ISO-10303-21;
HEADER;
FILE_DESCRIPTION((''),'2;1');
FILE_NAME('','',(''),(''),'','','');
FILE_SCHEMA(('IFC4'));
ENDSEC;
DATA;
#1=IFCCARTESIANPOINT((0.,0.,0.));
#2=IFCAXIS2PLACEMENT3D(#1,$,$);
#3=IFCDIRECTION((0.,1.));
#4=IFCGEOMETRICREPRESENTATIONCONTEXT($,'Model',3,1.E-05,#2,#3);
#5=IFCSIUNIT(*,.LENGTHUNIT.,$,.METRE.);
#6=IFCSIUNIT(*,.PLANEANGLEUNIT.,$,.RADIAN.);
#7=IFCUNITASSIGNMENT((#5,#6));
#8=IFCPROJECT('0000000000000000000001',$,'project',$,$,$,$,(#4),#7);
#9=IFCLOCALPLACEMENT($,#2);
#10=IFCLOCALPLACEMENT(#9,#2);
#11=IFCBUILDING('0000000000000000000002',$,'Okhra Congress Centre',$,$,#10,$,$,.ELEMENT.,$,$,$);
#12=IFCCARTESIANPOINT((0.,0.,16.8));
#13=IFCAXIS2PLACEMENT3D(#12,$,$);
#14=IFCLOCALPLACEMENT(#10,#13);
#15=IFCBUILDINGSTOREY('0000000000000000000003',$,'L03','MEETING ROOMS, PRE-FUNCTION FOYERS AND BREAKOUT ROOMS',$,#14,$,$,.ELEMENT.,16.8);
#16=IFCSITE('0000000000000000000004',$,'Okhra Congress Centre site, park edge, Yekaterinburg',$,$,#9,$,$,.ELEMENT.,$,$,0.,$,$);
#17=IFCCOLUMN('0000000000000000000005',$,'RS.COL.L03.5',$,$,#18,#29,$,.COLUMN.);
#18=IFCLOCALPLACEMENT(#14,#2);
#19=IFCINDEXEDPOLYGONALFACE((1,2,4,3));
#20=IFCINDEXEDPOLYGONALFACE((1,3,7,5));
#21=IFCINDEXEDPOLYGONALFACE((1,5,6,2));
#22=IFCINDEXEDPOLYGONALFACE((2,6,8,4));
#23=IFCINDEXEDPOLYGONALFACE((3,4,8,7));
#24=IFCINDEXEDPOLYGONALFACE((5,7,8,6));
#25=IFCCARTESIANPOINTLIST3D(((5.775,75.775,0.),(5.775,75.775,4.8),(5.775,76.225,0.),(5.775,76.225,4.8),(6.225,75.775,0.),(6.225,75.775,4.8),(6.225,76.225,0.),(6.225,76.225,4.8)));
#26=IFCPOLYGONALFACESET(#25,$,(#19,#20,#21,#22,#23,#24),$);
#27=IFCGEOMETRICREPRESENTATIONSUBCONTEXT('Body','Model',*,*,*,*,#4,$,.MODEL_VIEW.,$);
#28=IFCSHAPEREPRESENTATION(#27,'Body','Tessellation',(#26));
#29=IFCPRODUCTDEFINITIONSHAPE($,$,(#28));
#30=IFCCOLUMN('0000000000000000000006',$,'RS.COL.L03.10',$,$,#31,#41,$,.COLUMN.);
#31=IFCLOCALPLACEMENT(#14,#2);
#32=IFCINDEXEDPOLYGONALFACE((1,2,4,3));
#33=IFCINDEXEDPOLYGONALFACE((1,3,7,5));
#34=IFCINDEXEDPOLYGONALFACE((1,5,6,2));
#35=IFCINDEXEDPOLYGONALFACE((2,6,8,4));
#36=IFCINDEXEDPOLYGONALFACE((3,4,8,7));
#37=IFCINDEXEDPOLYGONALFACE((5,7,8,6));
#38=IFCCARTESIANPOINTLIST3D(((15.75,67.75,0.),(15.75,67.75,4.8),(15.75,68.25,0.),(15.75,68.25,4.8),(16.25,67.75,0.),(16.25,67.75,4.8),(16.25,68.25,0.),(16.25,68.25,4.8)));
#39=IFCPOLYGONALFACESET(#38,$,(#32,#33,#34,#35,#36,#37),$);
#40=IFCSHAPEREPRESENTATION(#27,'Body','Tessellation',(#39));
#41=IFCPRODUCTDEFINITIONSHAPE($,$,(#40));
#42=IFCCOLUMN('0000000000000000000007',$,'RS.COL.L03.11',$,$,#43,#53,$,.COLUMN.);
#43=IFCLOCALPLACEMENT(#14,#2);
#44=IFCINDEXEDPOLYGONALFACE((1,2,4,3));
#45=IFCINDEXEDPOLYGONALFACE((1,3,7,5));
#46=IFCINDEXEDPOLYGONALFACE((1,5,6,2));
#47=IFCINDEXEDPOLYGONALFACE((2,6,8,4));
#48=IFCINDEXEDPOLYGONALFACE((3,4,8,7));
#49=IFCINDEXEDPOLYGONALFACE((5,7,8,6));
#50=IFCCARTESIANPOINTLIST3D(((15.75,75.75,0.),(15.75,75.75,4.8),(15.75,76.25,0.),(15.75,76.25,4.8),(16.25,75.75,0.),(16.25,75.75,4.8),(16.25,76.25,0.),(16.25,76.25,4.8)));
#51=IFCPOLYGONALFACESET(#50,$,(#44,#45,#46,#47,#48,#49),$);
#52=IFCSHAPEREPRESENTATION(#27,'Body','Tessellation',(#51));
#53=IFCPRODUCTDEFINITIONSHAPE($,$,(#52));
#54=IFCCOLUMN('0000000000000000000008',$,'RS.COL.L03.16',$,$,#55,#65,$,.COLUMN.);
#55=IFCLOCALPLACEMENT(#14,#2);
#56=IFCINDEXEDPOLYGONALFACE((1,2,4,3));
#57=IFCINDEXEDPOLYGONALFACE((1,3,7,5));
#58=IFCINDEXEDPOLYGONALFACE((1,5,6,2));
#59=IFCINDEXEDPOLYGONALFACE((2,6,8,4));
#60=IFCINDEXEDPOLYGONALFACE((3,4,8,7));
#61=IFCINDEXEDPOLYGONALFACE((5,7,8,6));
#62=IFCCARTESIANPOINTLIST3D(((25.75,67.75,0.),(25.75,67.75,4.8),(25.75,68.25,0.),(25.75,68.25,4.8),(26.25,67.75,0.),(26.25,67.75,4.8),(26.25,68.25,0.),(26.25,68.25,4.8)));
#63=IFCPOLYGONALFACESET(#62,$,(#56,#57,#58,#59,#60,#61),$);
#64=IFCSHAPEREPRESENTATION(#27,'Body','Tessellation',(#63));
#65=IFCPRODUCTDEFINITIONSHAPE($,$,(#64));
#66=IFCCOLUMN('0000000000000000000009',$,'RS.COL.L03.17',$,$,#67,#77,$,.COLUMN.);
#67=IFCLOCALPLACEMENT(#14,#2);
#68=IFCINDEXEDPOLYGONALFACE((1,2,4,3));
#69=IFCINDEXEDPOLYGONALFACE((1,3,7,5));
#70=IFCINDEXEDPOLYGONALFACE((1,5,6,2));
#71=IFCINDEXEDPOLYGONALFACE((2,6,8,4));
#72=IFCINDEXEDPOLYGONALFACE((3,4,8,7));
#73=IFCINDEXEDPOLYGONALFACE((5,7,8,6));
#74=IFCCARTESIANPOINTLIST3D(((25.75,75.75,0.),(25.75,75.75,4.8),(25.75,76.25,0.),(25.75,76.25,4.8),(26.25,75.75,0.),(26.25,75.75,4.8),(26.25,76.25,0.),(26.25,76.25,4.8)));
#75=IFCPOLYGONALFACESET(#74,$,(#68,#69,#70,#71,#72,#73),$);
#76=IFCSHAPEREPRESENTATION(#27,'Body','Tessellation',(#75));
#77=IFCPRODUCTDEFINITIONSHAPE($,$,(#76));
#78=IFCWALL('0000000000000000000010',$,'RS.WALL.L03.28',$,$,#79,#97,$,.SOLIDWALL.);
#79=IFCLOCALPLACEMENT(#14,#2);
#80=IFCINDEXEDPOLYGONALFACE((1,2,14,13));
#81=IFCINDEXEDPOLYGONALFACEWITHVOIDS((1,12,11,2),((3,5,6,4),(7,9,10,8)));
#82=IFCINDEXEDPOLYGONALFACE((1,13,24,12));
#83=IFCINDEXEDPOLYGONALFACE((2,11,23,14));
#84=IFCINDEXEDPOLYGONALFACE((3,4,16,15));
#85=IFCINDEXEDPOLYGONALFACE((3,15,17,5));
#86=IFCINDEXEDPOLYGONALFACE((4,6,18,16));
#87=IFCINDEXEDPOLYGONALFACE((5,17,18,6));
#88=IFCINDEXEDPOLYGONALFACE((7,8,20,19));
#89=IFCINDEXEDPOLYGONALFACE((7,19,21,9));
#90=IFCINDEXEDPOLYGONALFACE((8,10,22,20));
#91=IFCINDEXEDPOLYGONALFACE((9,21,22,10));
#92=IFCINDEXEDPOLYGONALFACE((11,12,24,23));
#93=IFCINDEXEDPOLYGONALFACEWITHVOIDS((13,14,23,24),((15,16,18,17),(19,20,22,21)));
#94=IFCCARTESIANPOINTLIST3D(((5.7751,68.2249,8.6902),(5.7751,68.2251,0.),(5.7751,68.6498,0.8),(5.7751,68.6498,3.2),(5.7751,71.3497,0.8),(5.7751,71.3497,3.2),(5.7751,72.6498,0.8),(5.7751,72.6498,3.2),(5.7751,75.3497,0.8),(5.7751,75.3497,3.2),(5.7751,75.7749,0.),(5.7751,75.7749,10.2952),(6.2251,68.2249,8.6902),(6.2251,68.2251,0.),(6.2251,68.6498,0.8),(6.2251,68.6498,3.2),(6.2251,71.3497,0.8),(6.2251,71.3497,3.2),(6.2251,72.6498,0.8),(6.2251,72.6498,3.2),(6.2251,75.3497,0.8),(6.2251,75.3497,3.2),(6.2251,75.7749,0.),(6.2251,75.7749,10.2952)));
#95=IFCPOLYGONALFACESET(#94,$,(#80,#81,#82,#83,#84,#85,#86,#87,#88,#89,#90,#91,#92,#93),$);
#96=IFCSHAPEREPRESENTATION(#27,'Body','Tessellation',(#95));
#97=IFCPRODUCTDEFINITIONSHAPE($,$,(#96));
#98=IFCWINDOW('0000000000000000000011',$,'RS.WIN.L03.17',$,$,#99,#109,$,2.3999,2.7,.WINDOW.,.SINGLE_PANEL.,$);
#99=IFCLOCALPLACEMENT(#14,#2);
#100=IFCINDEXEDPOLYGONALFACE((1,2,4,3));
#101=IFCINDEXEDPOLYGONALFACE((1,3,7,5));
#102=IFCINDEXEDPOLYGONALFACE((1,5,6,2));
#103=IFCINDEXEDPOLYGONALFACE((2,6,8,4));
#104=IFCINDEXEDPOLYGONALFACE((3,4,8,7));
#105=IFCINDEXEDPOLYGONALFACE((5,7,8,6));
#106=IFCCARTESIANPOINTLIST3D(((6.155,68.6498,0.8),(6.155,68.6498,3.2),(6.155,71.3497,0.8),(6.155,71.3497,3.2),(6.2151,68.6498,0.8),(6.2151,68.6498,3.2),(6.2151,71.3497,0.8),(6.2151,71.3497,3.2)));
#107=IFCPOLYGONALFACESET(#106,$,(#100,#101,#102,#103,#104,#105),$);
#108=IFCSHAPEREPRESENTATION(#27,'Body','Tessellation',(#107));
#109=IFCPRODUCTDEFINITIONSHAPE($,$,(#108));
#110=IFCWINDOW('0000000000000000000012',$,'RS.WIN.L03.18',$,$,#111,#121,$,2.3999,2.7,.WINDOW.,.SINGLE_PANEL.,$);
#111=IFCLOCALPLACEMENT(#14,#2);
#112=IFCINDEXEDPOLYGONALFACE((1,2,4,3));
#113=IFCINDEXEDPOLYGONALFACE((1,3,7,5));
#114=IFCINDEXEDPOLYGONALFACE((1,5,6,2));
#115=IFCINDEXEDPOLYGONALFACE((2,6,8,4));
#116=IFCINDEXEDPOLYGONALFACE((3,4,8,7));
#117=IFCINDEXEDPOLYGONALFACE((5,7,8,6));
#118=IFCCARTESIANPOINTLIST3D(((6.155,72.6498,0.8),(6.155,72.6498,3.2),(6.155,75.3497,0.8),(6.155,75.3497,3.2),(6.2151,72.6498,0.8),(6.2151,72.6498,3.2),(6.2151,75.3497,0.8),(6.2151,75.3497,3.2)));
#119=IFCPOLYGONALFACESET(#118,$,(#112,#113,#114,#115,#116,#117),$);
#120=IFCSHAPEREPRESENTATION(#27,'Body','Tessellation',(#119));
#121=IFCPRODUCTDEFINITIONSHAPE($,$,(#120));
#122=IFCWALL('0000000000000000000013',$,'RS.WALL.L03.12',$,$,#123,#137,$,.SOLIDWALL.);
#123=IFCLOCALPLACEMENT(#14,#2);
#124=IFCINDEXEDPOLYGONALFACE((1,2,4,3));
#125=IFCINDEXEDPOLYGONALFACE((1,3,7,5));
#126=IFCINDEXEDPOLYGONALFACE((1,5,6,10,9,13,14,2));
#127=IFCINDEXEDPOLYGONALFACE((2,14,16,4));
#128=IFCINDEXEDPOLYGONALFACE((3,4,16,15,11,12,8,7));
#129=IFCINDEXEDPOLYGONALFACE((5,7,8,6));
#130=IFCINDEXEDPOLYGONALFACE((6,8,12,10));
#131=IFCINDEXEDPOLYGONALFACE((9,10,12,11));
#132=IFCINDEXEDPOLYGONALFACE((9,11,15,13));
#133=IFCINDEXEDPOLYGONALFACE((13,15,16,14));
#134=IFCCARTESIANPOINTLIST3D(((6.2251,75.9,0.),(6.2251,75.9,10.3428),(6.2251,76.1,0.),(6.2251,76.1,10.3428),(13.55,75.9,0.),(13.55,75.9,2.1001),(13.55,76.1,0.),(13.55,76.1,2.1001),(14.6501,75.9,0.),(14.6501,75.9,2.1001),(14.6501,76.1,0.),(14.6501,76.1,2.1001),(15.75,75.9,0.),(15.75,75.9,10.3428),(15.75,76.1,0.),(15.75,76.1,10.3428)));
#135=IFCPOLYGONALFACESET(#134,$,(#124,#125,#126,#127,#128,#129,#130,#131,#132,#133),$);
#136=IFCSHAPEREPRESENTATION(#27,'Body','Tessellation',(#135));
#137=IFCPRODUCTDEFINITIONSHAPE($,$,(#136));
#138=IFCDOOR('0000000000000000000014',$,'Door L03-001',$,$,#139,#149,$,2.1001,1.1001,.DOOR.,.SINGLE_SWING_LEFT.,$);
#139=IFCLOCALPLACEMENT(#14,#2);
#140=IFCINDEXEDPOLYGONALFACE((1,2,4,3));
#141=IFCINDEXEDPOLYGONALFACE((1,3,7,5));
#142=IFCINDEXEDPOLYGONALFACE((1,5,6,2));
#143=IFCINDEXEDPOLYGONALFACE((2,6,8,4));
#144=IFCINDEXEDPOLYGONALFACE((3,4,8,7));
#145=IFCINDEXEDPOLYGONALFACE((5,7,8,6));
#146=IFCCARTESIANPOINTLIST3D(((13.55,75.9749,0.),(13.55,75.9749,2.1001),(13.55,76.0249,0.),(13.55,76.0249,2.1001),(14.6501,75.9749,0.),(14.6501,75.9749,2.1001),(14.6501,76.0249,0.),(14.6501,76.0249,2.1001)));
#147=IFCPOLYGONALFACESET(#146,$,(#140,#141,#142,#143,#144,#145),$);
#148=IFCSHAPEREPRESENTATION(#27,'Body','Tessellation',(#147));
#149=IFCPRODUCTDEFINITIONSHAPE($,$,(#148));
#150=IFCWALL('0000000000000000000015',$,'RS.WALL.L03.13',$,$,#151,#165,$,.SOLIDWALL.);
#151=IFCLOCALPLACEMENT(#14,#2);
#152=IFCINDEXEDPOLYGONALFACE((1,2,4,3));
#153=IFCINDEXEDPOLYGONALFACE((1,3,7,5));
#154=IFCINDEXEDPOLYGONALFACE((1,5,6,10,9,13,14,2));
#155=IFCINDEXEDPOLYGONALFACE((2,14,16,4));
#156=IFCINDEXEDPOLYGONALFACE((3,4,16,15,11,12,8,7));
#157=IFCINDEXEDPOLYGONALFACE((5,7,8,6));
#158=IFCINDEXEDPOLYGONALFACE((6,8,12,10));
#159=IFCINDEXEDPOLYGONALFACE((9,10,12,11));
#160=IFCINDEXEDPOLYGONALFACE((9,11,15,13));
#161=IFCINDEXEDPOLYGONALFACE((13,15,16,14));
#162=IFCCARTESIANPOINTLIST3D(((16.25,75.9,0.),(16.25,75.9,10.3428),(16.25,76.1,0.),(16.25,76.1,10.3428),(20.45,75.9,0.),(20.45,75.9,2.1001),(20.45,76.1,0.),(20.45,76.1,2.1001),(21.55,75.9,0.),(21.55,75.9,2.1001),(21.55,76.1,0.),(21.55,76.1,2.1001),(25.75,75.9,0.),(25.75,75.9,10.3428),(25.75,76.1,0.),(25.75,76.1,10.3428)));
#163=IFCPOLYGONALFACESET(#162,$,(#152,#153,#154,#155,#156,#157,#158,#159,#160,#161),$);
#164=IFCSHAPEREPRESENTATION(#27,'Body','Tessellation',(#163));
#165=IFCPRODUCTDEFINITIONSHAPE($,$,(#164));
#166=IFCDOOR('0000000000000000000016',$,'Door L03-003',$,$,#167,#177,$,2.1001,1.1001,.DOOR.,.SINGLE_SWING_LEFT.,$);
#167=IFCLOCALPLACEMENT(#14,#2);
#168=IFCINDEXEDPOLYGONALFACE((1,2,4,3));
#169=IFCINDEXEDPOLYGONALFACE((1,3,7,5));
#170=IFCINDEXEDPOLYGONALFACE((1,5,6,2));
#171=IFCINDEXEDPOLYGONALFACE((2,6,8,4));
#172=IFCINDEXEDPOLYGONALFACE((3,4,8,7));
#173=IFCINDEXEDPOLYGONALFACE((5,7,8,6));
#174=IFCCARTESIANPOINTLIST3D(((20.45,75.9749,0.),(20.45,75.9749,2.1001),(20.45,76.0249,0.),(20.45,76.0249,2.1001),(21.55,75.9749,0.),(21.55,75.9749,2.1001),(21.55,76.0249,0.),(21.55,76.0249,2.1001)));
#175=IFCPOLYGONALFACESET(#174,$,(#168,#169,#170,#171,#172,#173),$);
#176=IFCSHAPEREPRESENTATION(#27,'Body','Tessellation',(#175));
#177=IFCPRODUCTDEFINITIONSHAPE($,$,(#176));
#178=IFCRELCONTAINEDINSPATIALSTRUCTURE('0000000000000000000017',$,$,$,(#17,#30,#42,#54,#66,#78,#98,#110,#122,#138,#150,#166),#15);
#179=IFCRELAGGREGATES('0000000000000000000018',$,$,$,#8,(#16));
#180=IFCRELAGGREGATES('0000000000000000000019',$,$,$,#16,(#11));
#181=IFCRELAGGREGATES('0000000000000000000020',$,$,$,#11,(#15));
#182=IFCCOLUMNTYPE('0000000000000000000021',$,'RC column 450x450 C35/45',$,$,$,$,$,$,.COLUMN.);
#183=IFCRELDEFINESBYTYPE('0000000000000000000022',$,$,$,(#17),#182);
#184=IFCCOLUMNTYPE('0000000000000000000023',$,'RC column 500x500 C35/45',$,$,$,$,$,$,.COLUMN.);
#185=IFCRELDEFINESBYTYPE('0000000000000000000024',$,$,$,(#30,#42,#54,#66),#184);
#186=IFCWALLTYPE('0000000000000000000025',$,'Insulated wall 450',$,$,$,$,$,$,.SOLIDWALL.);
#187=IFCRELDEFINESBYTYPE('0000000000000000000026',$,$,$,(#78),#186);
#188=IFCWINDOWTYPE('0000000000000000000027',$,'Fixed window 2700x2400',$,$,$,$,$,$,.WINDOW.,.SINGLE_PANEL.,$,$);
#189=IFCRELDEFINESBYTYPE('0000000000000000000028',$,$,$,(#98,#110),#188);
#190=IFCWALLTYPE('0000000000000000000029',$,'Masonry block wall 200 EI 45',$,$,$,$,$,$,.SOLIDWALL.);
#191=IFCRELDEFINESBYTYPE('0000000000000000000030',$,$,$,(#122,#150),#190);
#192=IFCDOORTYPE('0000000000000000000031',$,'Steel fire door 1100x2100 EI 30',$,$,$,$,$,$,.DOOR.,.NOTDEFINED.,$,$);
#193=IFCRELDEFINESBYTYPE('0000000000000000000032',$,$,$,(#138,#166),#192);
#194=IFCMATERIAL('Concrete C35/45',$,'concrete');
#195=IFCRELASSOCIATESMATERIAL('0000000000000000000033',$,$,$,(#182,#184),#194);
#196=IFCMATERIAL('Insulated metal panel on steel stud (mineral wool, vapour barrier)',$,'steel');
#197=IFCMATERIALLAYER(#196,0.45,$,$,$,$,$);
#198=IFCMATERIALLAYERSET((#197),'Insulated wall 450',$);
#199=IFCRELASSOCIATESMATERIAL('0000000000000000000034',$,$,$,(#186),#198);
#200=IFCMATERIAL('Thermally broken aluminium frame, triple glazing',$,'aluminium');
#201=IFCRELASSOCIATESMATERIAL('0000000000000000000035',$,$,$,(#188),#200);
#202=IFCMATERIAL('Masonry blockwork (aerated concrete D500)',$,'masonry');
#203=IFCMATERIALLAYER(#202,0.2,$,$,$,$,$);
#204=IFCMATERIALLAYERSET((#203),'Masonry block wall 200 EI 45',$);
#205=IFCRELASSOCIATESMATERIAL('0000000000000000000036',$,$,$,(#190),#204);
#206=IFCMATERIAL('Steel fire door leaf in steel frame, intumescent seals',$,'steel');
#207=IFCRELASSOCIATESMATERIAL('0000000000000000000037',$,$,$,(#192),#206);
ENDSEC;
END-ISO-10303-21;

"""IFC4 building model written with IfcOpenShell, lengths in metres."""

from ifc_helpers import new_model, si_unit, direction, frame, frame_2d, origin, origin_2d, place, context, subcontext, project, spatial, polyline, rectangle, outline, extrude, material, layer, layer_set, material_profile, profile_set, type_object, element, fill, save


model = new_model("IFC4")

# Units and contexts
model_context = context("Model", 3, precision=1e-05, world=origin(), true_north=direction((0.0, 1.0)))
body_context = subcontext(model_context, "Body", "Model", "MODEL_VIEW")
ifc_project = project(units=[si_unit("LENGTHUNIT", "METRE"), si_unit("PLANEANGLEUNIT", "RADIAN")], contexts=[model_context])

# Site, building, storey
site_placement = place(None, origin())
site = spatial("IfcSite", under=ifc_project, at=site_placement, Name="Okhra Congress Centre site, park edge, Yekaterinburg", CompositionType="ELEMENT", RefElevation=0.0)
building_placement = place(site_placement, origin())
building = spatial("IfcBuilding", under=site, at=building_placement, Name="Okhra Congress Centre", CompositionType="ELEMENT")
storey_placement = place(building_placement, frame((0.0, 0.0, 16.8)))
storey = spatial("IfcBuildingStorey", under=building, at=storey_placement, Name="L03", Description="MEETING ROOMS, PRE-FUNCTION FOYERS AND BREAKOUT ROOMS", CompositionType="ELEMENT", Elevation=16.8)

# Columns
ifc_material_1 = material(Name="Concrete C35/45", Category="concrete")
ifc_material_profile_1 = material_profile(ifc_material_1, rectangle(XDim=0.45, YDim=0.45, at=origin_2d()), Name="RC 450x450")
ifc_profile_set_1 = profile_set([ifc_material_profile_1], Name="Concrete C35/45")
column_type_1 = type_object("IfcColumnType", Name="RC column 450x450 C35/45", PredefinedType="COLUMN", material=ifc_profile_set_1)
column_placement = place(storey_placement, frame((6.0, 76.0, 0.0), z_axis=(0.0, 0.0, 1.0), x_axis=(1.0, 0.0, 0.0)))
element("IfcColumn", 1, at=column_placement, inside=storey, type_object=column_type_1, Name="RS.COL.L03.5", PredefinedType="COLUMN", context=body_context, shape_type="SweptSolid", body=[
    extrude(rectangle(XDim=0.45, YDim=0.45, at=origin_2d()), origin(), (0.0, 0.0, 1.0), 4.8),
])
ifc_material_profile_2 = material_profile(ifc_material_1, rectangle(XDim=0.5, YDim=0.5, at=origin_2d()), Name="RC 500x500")
ifc_profile_set_2 = profile_set([ifc_material_profile_2], Name="Concrete C35/45")
column_type_2 = type_object("IfcColumnType", Name="RC column 500x500 C35/45", PredefinedType="COLUMN", material=ifc_profile_set_2)
for number, where, z_axis, x_axis, name in (
    (2, (16.0, 68.0, 0.0), (0.0, 0.0, 1.0), (1.0, 0.0, 0.0), "RS.COL.L03.10"),
    (3, (16.0, 76.0, 0.0), (0.0, 0.0, 1.0), (1.0, 0.0, 0.0), "RS.COL.L03.11"),
    (4, (26.0, 68.0, 0.0), (0.0, 0.0, 1.0), (1.0, 0.0, 0.0), "RS.COL.L03.16"),
    (5, (26.0, 76.0, 0.0), (0.0, 0.0, 1.0), (1.0, 0.0, 0.0), "RS.COL.L03.17"),
):
    element("IfcColumn", number, at=place(storey_placement, frame(where, z_axis=z_axis, x_axis=x_axis)), inside=storey, type_object=column_type_2, Name=name, PredefinedType="COLUMN", context=body_context, shape_type="SweptSolid", body=[
        extrude(rectangle(XDim=0.5, YDim=0.5, at=origin_2d()), origin(), (0.0, 0.0, 1.0), 4.8),
    ])

# Wall, openings, windows
ifc_material_2 = material(Name="Insulated metal panel on steel stud (mineral wool, vapour barrier)", Category="steel")
ifc_layer_1 = layer(ifc_material_2, 0.45)
ifc_layer_set_1 = layer_set([ifc_layer_1], Name="Insulated wall 450")
wall_type_1 = type_object("IfcWallType", Name="Insulated wall 450", PredefinedType="SOLIDWALL", material=ifc_layer_set_1)
wall_1_placement = place(storey_placement, frame((6.0, 75.7749, 0.0), z_axis=(0.0, 0.0, 1.0), x_axis=(0.0, -1.0, 0.0)))
wall_1 = element("IfcWall", 6, at=wall_1_placement, inside=storey, type_object=wall_type_1, Name="RS.WALL.L03.28", PredefinedType="SOLIDWALL", context=body_context, shape_type="SweptSolid", body=[
    extrude(outline(polyline([(0.0, 0.0), (7.5498, 0.0), (7.55, 8.6902), (0.0, 10.2952), (0.0, 0.0)])), frame((0.0, 0.2251, 0.0), z_axis=(0.0, -1.0, 0.0), x_axis=(1.0, 0.0, 0.0)), (0.0, 0.0, 1.0), 0.45),
])
opening_1_placement = place(wall_1_placement, frame((4.425, 0.0, 0.8)))
opening_1 = element("IfcOpeningElement", 7, at=opening_1_placement, cuts=wall_1, PredefinedType="OPENING", context=body_context, shape_type="SweptSolid", body=[
    extrude(rectangle(XDim=2.7, YDim=2.3999, at=frame_2d((1.3501, 1.2))), frame((0.0, 0.2349, 0.0), z_axis=(0.0, -1.0, 0.0), x_axis=(1.0, 0.0, 0.0)), (0.0, 0.0, 1.0), 0.47),
])
opening_2_placement = place(wall_1_placement, frame((0.425, 0.0, 0.8)))
opening_2 = element("IfcOpeningElement", 8, at=opening_2_placement, cuts=wall_1, PredefinedType="OPENING", context=body_context, shape_type="SweptSolid", body=[
    extrude(rectangle(XDim=2.7, YDim=2.3999, at=frame_2d((1.3501, 1.2))), frame((0.0, 0.2349, 0.0), z_axis=(0.0, -1.0, 0.0), x_axis=(1.0, 0.0, 0.0)), (0.0, 0.0, 1.0), 0.47),
])
ifc_material_3 = material(Name="Thermally broken aluminium frame, triple glazing", Category="aluminium")
window_type = type_object("IfcWindowType", Name="Fixed window 2700x2400", PartitioningType="SINGLE_PANEL", PredefinedType="WINDOW", material=ifc_material_3)
window_1_placement = place(opening_1_placement, origin())
window_1 = element("IfcWindow", 9, at=window_1_placement, inside=storey, type_object=window_type, Name="RS.WIN.L03.17", OverallHeight=2.3999, OverallWidth=2.7, PartitioningType="SINGLE_PANEL", PredefinedType="WINDOW", context=body_context, shape_type="SweptSolid", body=[
    extrude(rectangle(XDim=2.7, YDim=2.3999, at=frame_2d((1.3501, 1.2))), frame((0.0, 0.2151, 0.0), z_axis=(0.0, -1.0, 0.0), x_axis=(1.0, 0.0, 0.0)), (0.0, 0.0, 1.0), 0.0601),
])
fill(opening_1, window_1)
window_2_placement = place(opening_2_placement, origin())
window_2 = element("IfcWindow", 10, at=window_2_placement, inside=storey, type_object=window_type, Name="RS.WIN.L03.18", OverallHeight=2.3999, OverallWidth=2.7, PartitioningType="SINGLE_PANEL", PredefinedType="WINDOW", context=body_context, shape_type="SweptSolid", body=[
    extrude(rectangle(XDim=2.7, YDim=2.3999, at=frame_2d((1.3501, 1.2))), frame((0.0, 0.2151, 0.0), z_axis=(0.0, -1.0, 0.0), x_axis=(1.0, 0.0, 0.0)), (0.0, 0.0, 1.0), 0.0601),
])
fill(opening_2, window_2)

# Walls, openings, doors
ifc_material_4 = material(Name="Masonry blockwork (aerated concrete D500)", Category="masonry")
ifc_layer_2 = layer(ifc_material_4, 0.2)
ifc_layer_set_2 = layer_set([ifc_layer_2], Name="Masonry block wall 200 EI 45")
wall_type_2 = type_object("IfcWallType", Name="Masonry block wall 200 EI 45", PredefinedType="SOLIDWALL", material=ifc_layer_set_2)
wall_2_placement = place(storey_placement, frame((6.2251, 76.0, 0.0), z_axis=(0.0, 0.0, 1.0), x_axis=(1.0, 0.0, 0.0)))
wall_2 = element("IfcWall", 11, at=wall_2_placement, inside=storey, type_object=wall_type_2, Name="RS.WALL.L03.12", PredefinedType="SOLIDWALL", context=body_context, shape_type="SweptSolid", body=[
    extrude(rectangle(XDim=9.5249, YDim=0.2, at=frame_2d((4.7625, 0.0))), origin(), (0.0, 0.0, 1.0), 10.3428),
])
opening_3_placement = place(wall_2_placement, frame((7.325, 0.0, 0.0)))
opening_3 = element("IfcOpeningElement", 12, at=opening_3_placement, cuts=wall_2, PredefinedType="OPENING", context=body_context, shape_type="SweptSolid", body=[
    extrude(rectangle(XDim=1.1001, YDim=2.1001, at=frame_2d((0.55, 1.05))), frame((0.0, 0.1099, 0.0), z_axis=(0.0, -1.0, 0.0), x_axis=(1.0, 0.0, 0.0)), (0.0, 0.0, 1.0), 0.22),
])
ifc_material_5 = material(Name="Steel fire door leaf in steel frame, intumescent seals", Category="steel")
door_type_1 = type_object("IfcDoorType", Name="Steel fire door 1100x2100 EI 30", OperationType="NOTDEFINED", PredefinedType="DOOR", material=ifc_material_5)
door_1_placement = place(opening_3_placement, origin())
door_1 = element("IfcDoor", 13, at=door_1_placement, inside=storey, type_object=door_type_1, Name="Door L03-001", OperationType="SINGLE_SWING_LEFT", OverallHeight=2.1001, OverallWidth=1.1001, PredefinedType="DOOR", context=body_context, shape_type="SweptSolid", body=[
    extrude(rectangle(XDim=1.1001, YDim=2.1001, at=frame_2d((0.55, 1.05))), frame((0.0, 0.0249, 0.0), z_axis=(0.0, -1.0, 0.0), x_axis=(1.0, 0.0, 0.0)), (0.0, 0.0, 1.0), 0.05),
])
fill(opening_3, door_1)
wall_3_placement = place(storey_placement, frame((16.25, 76.0, 0.0), z_axis=(0.0, 0.0, 1.0), x_axis=(1.0, 0.0, 0.0)))
wall_3 = element("IfcWall", 14, at=wall_3_placement, inside=storey, type_object=wall_type_2, Name="RS.WALL.L03.13", PredefinedType="SOLIDWALL", context=body_context, shape_type="SweptSolid", body=[
    extrude(rectangle(XDim=9.5, YDim=0.2, at=frame_2d((4.75, 0.0))), origin(), (0.0, 0.0, 1.0), 10.3428),
])
opening_4_placement = place(wall_3_placement, frame((4.2, 0.0, 0.0)))
opening_4 = element("IfcOpeningElement", 15, at=opening_4_placement, cuts=wall_3, PredefinedType="OPENING", context=body_context, shape_type="SweptSolid", body=[
    extrude(rectangle(XDim=1.1001, YDim=2.1001, at=frame_2d((0.55, 1.05))), frame((0.0, 0.1099, 0.0), z_axis=(0.0, -1.0, 0.0), x_axis=(1.0, 0.0, 0.0)), (0.0, 0.0, 1.0), 0.22),
])
door_2_placement = place(opening_4_placement, origin())
door_2 = element("IfcDoor", 16, at=door_2_placement, inside=storey, type_object=door_type_1, Name="Door L03-003", OperationType="SINGLE_SWING_LEFT", OverallHeight=2.1001, OverallWidth=1.1001, PredefinedType="DOOR", context=body_context, shape_type="SweptSolid", body=[
    extrude(rectangle(XDim=1.1001, YDim=2.1001, at=frame_2d((0.55, 1.05))), frame((0.0, 0.0249, 0.0), z_axis=(0.0, -1.0, 0.0), x_axis=(1.0, 0.0, 0.0)), (0.0, 0.0, 1.0), 0.05),
])
fill(opening_4, door_2)

save(model, "model.ifc")
